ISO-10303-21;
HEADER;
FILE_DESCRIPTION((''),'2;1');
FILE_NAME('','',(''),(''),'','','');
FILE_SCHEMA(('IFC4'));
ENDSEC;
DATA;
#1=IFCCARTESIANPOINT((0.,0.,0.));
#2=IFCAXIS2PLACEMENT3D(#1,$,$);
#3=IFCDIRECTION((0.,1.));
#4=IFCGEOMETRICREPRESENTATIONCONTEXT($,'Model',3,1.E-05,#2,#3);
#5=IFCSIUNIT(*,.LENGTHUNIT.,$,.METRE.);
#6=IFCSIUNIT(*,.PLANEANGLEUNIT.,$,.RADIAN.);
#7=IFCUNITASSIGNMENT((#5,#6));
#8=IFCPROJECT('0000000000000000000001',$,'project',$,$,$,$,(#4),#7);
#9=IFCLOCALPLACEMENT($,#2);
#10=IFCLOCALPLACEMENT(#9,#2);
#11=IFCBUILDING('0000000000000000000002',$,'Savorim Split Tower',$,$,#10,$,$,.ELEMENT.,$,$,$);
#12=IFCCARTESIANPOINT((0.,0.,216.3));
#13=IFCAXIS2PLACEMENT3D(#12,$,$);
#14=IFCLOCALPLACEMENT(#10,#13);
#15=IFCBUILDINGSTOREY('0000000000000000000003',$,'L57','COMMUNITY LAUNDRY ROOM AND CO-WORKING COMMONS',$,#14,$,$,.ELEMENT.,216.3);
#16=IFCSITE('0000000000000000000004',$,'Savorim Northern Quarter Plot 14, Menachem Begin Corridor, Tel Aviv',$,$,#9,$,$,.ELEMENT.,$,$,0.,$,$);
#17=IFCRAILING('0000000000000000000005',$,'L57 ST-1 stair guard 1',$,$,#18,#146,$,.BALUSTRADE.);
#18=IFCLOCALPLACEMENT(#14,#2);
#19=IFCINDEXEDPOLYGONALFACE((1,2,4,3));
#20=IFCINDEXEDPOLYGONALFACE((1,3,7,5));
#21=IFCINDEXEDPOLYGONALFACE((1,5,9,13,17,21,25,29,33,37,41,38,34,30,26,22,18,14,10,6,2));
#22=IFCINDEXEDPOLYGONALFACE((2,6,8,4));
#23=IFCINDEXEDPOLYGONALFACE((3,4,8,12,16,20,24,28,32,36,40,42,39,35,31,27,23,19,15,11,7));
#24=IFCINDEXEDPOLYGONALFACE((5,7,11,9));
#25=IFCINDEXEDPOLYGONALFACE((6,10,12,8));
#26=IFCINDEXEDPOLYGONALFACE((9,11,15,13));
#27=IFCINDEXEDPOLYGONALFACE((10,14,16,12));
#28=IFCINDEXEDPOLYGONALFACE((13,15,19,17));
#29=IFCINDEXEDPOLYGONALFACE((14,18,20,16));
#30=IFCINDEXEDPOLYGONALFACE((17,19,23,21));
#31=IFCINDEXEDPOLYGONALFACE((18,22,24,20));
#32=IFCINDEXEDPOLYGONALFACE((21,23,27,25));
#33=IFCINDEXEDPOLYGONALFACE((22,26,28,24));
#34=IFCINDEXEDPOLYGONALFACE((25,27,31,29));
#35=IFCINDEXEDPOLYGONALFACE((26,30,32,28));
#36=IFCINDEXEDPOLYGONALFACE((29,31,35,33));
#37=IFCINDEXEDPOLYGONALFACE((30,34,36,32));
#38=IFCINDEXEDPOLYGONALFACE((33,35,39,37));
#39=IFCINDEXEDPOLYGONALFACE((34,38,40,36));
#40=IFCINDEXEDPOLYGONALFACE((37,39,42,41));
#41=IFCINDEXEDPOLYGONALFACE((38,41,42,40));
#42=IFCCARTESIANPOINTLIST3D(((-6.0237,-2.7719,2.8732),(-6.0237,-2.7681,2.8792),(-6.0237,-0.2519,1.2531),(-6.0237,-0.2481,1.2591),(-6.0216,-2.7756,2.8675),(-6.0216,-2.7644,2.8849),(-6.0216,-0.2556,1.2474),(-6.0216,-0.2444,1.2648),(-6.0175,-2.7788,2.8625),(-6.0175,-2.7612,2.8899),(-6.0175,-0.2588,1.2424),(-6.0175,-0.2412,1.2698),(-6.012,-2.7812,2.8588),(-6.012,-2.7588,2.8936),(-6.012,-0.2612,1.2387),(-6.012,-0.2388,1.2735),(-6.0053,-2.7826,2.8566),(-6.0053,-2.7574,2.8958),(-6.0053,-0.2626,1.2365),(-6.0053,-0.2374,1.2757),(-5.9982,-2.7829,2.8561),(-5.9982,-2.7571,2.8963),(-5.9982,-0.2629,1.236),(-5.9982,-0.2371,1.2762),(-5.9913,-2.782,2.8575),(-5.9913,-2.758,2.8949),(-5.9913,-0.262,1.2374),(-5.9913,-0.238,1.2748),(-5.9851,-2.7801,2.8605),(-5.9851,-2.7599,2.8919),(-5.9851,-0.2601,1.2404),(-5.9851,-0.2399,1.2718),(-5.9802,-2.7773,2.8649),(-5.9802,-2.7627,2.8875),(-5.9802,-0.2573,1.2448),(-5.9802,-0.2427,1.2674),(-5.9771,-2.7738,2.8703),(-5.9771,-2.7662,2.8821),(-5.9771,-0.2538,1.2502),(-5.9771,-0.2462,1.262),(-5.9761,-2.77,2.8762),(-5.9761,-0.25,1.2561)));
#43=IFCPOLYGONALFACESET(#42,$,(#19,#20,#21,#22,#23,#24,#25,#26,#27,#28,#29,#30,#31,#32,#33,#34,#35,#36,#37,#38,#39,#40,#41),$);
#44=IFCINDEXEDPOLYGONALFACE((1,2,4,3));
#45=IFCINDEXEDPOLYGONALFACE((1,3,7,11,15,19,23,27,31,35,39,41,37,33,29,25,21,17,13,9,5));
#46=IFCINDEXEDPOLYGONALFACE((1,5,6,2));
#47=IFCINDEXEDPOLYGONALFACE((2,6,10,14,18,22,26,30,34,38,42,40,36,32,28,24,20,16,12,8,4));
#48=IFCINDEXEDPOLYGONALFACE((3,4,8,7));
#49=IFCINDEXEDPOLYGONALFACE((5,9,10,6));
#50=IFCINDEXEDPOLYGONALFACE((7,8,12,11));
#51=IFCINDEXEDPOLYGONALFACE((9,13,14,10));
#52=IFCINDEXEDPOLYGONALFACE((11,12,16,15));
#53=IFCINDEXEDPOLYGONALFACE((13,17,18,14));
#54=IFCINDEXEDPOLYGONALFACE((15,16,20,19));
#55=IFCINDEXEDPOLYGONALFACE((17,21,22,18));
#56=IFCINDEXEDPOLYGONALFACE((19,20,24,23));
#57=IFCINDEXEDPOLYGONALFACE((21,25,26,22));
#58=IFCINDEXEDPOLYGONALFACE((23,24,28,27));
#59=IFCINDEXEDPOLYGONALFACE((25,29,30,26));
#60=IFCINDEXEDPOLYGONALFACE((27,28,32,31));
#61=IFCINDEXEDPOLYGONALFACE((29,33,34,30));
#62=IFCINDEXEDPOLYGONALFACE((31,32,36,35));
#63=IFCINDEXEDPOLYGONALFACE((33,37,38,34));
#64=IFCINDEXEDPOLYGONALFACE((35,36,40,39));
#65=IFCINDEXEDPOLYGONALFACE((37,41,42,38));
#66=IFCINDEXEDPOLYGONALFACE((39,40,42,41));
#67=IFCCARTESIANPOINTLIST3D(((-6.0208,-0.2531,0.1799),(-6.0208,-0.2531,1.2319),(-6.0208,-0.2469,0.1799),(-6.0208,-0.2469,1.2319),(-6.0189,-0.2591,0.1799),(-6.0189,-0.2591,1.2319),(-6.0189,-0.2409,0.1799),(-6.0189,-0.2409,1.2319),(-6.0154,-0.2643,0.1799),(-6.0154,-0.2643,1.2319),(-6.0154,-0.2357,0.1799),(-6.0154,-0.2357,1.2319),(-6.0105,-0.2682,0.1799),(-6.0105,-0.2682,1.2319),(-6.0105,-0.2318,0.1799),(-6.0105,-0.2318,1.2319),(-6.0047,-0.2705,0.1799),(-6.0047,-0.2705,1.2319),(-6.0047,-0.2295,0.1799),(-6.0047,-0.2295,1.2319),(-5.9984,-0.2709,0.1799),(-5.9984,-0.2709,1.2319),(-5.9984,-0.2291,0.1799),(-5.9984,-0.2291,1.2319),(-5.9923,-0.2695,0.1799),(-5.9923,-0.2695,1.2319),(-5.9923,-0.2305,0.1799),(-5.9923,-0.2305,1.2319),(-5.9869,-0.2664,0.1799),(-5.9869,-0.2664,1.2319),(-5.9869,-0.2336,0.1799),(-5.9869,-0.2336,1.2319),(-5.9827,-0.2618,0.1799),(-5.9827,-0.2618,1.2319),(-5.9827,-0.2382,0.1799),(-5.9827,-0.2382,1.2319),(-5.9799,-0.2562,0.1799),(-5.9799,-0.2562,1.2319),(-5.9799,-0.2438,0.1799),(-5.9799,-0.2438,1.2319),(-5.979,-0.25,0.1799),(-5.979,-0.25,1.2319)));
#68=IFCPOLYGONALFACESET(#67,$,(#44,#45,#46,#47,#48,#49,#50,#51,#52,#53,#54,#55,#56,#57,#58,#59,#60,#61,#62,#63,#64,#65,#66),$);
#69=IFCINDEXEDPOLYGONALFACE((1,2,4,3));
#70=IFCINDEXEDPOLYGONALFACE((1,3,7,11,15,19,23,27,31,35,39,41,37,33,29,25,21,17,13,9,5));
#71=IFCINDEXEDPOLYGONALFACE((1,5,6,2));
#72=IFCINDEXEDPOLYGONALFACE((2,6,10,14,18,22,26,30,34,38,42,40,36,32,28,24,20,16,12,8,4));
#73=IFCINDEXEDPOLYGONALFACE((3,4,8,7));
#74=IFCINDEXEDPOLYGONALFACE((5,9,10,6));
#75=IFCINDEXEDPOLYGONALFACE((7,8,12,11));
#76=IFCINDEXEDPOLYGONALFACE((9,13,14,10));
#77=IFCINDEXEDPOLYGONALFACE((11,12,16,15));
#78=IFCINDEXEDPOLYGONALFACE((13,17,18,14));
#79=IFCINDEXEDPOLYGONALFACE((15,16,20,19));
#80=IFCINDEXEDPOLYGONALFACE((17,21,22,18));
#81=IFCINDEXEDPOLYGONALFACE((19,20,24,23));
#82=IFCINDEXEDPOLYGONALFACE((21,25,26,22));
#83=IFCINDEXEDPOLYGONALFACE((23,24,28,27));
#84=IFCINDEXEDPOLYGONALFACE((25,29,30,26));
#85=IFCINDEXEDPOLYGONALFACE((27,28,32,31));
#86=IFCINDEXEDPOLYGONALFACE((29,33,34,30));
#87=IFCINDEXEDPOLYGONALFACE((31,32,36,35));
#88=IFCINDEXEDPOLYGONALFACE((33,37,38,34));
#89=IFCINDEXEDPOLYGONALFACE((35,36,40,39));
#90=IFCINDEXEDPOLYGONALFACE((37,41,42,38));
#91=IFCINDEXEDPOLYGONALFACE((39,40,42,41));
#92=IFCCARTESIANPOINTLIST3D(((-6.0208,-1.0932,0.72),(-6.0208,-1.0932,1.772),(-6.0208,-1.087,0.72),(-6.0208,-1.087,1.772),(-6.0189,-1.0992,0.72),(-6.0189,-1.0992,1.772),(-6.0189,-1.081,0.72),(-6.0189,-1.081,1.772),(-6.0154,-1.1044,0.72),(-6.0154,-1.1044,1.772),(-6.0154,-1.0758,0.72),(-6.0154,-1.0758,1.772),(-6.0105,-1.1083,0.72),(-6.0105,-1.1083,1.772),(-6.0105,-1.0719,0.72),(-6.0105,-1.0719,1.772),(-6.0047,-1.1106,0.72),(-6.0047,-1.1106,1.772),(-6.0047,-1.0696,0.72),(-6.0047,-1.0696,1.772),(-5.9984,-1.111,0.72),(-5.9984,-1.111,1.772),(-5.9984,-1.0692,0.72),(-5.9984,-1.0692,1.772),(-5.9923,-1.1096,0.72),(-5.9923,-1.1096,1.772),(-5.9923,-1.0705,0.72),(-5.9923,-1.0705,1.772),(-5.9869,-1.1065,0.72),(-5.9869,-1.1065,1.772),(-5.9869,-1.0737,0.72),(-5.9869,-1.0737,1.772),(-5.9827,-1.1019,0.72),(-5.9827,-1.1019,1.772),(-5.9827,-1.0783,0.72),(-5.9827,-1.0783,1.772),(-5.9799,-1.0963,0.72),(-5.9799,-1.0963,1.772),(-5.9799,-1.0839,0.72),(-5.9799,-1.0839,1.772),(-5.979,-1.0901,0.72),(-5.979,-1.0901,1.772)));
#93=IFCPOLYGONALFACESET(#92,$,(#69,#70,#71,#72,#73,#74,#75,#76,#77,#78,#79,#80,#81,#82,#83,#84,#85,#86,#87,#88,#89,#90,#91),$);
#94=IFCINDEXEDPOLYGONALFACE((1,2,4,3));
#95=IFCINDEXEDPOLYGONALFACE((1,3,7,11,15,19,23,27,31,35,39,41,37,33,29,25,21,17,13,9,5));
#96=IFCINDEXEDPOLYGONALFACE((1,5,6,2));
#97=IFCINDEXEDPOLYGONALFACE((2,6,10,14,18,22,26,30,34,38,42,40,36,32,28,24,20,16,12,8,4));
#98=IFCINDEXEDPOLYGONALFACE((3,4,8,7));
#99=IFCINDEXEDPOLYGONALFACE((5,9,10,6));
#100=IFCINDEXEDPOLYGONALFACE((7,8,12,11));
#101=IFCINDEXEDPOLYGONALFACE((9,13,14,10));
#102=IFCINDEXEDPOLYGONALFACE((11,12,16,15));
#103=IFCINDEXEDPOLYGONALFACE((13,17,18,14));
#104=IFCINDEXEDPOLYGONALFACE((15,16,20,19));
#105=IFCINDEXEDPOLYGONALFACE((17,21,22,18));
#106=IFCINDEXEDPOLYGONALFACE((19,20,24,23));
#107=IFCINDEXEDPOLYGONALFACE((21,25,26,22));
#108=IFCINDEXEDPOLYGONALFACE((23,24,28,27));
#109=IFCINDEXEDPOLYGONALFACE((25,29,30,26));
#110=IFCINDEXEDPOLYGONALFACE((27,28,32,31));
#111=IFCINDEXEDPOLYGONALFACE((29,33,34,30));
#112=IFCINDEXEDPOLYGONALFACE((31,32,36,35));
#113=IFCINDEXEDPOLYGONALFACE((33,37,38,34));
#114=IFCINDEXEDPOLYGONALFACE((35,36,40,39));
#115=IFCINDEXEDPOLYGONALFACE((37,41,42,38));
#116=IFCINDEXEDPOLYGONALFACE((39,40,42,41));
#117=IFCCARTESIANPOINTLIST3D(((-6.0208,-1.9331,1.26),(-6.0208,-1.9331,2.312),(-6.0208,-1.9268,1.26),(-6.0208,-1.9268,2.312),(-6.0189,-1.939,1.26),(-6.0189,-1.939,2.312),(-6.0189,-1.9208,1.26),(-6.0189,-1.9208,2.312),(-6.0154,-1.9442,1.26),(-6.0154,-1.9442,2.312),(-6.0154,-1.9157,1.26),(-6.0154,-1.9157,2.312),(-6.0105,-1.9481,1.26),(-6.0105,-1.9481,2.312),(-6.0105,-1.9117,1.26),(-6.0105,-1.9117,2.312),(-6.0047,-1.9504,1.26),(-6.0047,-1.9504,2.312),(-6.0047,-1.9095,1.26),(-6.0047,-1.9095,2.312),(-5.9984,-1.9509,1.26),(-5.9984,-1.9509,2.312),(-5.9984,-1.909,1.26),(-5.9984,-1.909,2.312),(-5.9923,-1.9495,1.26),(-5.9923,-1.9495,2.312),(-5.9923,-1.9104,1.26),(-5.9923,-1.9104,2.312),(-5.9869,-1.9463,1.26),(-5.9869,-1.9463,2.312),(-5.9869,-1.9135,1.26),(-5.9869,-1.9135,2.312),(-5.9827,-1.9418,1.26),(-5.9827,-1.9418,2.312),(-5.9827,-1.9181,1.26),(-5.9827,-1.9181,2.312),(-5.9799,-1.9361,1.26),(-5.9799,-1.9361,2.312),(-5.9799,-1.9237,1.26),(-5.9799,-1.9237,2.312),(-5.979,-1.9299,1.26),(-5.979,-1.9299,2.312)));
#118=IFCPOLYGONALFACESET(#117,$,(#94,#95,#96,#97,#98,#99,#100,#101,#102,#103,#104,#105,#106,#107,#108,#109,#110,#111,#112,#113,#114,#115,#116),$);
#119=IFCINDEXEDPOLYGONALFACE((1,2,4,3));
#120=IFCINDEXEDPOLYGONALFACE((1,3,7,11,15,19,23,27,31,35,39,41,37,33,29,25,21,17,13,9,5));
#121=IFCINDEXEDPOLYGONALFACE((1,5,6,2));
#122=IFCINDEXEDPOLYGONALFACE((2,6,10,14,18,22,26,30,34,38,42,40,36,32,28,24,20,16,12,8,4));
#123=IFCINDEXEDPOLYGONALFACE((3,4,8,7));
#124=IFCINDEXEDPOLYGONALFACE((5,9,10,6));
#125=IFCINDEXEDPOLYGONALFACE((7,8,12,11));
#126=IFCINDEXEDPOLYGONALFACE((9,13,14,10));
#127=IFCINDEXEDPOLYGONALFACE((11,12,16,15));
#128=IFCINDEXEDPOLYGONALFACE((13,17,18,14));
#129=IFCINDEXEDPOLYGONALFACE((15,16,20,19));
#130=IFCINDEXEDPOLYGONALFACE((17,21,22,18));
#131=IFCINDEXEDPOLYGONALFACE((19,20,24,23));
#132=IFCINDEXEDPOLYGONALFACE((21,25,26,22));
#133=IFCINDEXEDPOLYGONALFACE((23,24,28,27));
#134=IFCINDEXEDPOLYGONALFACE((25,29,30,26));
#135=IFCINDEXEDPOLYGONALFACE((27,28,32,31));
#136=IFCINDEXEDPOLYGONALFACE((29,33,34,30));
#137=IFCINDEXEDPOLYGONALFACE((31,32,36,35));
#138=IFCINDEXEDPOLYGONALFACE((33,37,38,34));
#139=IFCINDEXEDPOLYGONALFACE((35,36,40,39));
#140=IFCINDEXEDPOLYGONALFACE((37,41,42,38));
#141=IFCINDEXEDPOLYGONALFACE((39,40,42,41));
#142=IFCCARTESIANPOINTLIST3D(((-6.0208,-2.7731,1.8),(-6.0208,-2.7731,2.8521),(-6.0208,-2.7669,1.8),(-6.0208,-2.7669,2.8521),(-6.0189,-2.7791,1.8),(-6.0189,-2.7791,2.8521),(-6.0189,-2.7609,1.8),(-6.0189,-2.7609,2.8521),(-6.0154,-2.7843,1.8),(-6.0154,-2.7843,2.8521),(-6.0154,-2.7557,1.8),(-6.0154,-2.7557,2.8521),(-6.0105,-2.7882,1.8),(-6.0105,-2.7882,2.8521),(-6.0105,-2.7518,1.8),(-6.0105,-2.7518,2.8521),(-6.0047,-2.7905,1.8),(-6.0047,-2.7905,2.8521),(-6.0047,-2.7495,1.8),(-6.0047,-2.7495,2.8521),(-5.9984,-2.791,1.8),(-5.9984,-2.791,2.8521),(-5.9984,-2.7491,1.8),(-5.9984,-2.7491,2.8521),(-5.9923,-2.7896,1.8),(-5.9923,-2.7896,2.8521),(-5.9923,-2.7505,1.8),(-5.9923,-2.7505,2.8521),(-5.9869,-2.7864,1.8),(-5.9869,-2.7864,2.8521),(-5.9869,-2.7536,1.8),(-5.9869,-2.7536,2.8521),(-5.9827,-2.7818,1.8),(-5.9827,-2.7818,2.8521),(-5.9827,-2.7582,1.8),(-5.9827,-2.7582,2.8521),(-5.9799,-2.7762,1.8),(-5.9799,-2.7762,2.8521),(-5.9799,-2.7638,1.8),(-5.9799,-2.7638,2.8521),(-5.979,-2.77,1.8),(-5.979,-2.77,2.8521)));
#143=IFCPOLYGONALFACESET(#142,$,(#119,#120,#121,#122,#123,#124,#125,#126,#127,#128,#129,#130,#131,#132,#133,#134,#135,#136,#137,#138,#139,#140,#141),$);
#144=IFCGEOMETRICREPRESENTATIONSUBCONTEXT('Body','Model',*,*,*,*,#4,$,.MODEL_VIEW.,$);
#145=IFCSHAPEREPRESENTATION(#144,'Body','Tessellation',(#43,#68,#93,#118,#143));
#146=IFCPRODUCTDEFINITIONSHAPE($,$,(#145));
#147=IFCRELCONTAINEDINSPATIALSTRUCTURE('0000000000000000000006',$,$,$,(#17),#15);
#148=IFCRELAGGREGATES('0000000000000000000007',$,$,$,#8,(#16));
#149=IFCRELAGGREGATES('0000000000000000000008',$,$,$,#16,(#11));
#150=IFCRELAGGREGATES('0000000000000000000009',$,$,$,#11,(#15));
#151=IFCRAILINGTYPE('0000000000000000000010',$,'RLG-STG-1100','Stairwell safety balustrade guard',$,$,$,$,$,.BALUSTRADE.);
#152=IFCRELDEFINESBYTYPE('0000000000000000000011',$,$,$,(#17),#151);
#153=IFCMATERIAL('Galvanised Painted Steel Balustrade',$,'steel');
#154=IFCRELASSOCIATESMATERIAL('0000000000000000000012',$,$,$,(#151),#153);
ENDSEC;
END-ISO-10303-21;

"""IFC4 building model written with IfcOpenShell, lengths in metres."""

from ifc_helpers import new_model, si_unit, direction, frame, origin, origin_2d, place, context, subcontext, project, spatial, circle, extrude, material, type_object, element, save


model = new_model("IFC4")

# Units and contexts
model_context = context("Model", 3, precision=1e-05, world=origin(), true_north=direction((0.0, 1.0)))
body_context = subcontext(model_context, "Body", "Model", "MODEL_VIEW")
ifc_project = project(units=[si_unit("LENGTHUNIT", "METRE"), si_unit("PLANEANGLEUNIT", "RADIAN")], contexts=[model_context])

# Site, building, storey
site_placement = place(None, origin())
site = spatial("IfcSite", under=ifc_project, at=site_placement, Name="Savorim Northern Quarter Plot 14, Menachem Begin Corridor, Tel Aviv", CompositionType="ELEMENT", RefElevation=0.0)
building_placement = place(site_placement, origin())
building = spatial("IfcBuilding", under=site, at=building_placement, Name="Savorim Split Tower", CompositionType="ELEMENT")
storey_placement = place(building_placement, frame((0.0, 0.0, 216.3)))
storey = spatial("IfcBuildingStorey", under=building, at=storey_placement, Name="L57", Description="COMMUNITY LAUNDRY ROOM AND CO-WORKING COMMONS", CompositionType="ELEMENT", Elevation=216.3)

# Railing
ifc_material_1 = material(Name="Galvanised Painted Steel Balustrade", Category="steel")
railing_type_1 = type_object("IfcRailingType", Name="RLG-STG-1100", Description="Stairwell safety balustrade guard", PredefinedType="BALUSTRADE", material=ifc_material_1)
railing_1_placement = place(storey_placement, frame((-6.0, -0.25, 0.1799)))
element("IfcRailing", 1, at=railing_1_placement, inside=storey, type_object=railing_type_1, Name="L57 ST-1 stair guard 1", PredefinedType="BALUSTRADE", context=body_context, shape_type="SweptSolid", body=[
    extrude(circle(Radius=0.0239, at=origin_2d()), frame((0.0, 0.0, 1.0762), z_axis=(0.0, -0.841163, 0.540782), x_axis=(1.0, 0.0, 0.0)), (0.0, 0.0, 1.0), 2.9958),
    extrude(circle(Radius=0.021, at=origin_2d()), origin(), (0.0, 0.0, 1.0), 1.052),
    extrude(circle(Radius=0.021, at=origin_2d()), frame((0.0, -0.8401, 0.54)), (0.0, 0.0, 1.0), 1.052),
    extrude(circle(Radius=0.021, at=origin_2d()), frame((0.0, -1.6799, 1.0801)), (0.0, 0.0, 1.0), 1.052),
    extrude(circle(Radius=0.021, at=origin_2d()), frame((0.0, -2.52, 1.6201)), (0.0, 0.0, 1.0), 1.052),
])

save(model, "model.ifc")
